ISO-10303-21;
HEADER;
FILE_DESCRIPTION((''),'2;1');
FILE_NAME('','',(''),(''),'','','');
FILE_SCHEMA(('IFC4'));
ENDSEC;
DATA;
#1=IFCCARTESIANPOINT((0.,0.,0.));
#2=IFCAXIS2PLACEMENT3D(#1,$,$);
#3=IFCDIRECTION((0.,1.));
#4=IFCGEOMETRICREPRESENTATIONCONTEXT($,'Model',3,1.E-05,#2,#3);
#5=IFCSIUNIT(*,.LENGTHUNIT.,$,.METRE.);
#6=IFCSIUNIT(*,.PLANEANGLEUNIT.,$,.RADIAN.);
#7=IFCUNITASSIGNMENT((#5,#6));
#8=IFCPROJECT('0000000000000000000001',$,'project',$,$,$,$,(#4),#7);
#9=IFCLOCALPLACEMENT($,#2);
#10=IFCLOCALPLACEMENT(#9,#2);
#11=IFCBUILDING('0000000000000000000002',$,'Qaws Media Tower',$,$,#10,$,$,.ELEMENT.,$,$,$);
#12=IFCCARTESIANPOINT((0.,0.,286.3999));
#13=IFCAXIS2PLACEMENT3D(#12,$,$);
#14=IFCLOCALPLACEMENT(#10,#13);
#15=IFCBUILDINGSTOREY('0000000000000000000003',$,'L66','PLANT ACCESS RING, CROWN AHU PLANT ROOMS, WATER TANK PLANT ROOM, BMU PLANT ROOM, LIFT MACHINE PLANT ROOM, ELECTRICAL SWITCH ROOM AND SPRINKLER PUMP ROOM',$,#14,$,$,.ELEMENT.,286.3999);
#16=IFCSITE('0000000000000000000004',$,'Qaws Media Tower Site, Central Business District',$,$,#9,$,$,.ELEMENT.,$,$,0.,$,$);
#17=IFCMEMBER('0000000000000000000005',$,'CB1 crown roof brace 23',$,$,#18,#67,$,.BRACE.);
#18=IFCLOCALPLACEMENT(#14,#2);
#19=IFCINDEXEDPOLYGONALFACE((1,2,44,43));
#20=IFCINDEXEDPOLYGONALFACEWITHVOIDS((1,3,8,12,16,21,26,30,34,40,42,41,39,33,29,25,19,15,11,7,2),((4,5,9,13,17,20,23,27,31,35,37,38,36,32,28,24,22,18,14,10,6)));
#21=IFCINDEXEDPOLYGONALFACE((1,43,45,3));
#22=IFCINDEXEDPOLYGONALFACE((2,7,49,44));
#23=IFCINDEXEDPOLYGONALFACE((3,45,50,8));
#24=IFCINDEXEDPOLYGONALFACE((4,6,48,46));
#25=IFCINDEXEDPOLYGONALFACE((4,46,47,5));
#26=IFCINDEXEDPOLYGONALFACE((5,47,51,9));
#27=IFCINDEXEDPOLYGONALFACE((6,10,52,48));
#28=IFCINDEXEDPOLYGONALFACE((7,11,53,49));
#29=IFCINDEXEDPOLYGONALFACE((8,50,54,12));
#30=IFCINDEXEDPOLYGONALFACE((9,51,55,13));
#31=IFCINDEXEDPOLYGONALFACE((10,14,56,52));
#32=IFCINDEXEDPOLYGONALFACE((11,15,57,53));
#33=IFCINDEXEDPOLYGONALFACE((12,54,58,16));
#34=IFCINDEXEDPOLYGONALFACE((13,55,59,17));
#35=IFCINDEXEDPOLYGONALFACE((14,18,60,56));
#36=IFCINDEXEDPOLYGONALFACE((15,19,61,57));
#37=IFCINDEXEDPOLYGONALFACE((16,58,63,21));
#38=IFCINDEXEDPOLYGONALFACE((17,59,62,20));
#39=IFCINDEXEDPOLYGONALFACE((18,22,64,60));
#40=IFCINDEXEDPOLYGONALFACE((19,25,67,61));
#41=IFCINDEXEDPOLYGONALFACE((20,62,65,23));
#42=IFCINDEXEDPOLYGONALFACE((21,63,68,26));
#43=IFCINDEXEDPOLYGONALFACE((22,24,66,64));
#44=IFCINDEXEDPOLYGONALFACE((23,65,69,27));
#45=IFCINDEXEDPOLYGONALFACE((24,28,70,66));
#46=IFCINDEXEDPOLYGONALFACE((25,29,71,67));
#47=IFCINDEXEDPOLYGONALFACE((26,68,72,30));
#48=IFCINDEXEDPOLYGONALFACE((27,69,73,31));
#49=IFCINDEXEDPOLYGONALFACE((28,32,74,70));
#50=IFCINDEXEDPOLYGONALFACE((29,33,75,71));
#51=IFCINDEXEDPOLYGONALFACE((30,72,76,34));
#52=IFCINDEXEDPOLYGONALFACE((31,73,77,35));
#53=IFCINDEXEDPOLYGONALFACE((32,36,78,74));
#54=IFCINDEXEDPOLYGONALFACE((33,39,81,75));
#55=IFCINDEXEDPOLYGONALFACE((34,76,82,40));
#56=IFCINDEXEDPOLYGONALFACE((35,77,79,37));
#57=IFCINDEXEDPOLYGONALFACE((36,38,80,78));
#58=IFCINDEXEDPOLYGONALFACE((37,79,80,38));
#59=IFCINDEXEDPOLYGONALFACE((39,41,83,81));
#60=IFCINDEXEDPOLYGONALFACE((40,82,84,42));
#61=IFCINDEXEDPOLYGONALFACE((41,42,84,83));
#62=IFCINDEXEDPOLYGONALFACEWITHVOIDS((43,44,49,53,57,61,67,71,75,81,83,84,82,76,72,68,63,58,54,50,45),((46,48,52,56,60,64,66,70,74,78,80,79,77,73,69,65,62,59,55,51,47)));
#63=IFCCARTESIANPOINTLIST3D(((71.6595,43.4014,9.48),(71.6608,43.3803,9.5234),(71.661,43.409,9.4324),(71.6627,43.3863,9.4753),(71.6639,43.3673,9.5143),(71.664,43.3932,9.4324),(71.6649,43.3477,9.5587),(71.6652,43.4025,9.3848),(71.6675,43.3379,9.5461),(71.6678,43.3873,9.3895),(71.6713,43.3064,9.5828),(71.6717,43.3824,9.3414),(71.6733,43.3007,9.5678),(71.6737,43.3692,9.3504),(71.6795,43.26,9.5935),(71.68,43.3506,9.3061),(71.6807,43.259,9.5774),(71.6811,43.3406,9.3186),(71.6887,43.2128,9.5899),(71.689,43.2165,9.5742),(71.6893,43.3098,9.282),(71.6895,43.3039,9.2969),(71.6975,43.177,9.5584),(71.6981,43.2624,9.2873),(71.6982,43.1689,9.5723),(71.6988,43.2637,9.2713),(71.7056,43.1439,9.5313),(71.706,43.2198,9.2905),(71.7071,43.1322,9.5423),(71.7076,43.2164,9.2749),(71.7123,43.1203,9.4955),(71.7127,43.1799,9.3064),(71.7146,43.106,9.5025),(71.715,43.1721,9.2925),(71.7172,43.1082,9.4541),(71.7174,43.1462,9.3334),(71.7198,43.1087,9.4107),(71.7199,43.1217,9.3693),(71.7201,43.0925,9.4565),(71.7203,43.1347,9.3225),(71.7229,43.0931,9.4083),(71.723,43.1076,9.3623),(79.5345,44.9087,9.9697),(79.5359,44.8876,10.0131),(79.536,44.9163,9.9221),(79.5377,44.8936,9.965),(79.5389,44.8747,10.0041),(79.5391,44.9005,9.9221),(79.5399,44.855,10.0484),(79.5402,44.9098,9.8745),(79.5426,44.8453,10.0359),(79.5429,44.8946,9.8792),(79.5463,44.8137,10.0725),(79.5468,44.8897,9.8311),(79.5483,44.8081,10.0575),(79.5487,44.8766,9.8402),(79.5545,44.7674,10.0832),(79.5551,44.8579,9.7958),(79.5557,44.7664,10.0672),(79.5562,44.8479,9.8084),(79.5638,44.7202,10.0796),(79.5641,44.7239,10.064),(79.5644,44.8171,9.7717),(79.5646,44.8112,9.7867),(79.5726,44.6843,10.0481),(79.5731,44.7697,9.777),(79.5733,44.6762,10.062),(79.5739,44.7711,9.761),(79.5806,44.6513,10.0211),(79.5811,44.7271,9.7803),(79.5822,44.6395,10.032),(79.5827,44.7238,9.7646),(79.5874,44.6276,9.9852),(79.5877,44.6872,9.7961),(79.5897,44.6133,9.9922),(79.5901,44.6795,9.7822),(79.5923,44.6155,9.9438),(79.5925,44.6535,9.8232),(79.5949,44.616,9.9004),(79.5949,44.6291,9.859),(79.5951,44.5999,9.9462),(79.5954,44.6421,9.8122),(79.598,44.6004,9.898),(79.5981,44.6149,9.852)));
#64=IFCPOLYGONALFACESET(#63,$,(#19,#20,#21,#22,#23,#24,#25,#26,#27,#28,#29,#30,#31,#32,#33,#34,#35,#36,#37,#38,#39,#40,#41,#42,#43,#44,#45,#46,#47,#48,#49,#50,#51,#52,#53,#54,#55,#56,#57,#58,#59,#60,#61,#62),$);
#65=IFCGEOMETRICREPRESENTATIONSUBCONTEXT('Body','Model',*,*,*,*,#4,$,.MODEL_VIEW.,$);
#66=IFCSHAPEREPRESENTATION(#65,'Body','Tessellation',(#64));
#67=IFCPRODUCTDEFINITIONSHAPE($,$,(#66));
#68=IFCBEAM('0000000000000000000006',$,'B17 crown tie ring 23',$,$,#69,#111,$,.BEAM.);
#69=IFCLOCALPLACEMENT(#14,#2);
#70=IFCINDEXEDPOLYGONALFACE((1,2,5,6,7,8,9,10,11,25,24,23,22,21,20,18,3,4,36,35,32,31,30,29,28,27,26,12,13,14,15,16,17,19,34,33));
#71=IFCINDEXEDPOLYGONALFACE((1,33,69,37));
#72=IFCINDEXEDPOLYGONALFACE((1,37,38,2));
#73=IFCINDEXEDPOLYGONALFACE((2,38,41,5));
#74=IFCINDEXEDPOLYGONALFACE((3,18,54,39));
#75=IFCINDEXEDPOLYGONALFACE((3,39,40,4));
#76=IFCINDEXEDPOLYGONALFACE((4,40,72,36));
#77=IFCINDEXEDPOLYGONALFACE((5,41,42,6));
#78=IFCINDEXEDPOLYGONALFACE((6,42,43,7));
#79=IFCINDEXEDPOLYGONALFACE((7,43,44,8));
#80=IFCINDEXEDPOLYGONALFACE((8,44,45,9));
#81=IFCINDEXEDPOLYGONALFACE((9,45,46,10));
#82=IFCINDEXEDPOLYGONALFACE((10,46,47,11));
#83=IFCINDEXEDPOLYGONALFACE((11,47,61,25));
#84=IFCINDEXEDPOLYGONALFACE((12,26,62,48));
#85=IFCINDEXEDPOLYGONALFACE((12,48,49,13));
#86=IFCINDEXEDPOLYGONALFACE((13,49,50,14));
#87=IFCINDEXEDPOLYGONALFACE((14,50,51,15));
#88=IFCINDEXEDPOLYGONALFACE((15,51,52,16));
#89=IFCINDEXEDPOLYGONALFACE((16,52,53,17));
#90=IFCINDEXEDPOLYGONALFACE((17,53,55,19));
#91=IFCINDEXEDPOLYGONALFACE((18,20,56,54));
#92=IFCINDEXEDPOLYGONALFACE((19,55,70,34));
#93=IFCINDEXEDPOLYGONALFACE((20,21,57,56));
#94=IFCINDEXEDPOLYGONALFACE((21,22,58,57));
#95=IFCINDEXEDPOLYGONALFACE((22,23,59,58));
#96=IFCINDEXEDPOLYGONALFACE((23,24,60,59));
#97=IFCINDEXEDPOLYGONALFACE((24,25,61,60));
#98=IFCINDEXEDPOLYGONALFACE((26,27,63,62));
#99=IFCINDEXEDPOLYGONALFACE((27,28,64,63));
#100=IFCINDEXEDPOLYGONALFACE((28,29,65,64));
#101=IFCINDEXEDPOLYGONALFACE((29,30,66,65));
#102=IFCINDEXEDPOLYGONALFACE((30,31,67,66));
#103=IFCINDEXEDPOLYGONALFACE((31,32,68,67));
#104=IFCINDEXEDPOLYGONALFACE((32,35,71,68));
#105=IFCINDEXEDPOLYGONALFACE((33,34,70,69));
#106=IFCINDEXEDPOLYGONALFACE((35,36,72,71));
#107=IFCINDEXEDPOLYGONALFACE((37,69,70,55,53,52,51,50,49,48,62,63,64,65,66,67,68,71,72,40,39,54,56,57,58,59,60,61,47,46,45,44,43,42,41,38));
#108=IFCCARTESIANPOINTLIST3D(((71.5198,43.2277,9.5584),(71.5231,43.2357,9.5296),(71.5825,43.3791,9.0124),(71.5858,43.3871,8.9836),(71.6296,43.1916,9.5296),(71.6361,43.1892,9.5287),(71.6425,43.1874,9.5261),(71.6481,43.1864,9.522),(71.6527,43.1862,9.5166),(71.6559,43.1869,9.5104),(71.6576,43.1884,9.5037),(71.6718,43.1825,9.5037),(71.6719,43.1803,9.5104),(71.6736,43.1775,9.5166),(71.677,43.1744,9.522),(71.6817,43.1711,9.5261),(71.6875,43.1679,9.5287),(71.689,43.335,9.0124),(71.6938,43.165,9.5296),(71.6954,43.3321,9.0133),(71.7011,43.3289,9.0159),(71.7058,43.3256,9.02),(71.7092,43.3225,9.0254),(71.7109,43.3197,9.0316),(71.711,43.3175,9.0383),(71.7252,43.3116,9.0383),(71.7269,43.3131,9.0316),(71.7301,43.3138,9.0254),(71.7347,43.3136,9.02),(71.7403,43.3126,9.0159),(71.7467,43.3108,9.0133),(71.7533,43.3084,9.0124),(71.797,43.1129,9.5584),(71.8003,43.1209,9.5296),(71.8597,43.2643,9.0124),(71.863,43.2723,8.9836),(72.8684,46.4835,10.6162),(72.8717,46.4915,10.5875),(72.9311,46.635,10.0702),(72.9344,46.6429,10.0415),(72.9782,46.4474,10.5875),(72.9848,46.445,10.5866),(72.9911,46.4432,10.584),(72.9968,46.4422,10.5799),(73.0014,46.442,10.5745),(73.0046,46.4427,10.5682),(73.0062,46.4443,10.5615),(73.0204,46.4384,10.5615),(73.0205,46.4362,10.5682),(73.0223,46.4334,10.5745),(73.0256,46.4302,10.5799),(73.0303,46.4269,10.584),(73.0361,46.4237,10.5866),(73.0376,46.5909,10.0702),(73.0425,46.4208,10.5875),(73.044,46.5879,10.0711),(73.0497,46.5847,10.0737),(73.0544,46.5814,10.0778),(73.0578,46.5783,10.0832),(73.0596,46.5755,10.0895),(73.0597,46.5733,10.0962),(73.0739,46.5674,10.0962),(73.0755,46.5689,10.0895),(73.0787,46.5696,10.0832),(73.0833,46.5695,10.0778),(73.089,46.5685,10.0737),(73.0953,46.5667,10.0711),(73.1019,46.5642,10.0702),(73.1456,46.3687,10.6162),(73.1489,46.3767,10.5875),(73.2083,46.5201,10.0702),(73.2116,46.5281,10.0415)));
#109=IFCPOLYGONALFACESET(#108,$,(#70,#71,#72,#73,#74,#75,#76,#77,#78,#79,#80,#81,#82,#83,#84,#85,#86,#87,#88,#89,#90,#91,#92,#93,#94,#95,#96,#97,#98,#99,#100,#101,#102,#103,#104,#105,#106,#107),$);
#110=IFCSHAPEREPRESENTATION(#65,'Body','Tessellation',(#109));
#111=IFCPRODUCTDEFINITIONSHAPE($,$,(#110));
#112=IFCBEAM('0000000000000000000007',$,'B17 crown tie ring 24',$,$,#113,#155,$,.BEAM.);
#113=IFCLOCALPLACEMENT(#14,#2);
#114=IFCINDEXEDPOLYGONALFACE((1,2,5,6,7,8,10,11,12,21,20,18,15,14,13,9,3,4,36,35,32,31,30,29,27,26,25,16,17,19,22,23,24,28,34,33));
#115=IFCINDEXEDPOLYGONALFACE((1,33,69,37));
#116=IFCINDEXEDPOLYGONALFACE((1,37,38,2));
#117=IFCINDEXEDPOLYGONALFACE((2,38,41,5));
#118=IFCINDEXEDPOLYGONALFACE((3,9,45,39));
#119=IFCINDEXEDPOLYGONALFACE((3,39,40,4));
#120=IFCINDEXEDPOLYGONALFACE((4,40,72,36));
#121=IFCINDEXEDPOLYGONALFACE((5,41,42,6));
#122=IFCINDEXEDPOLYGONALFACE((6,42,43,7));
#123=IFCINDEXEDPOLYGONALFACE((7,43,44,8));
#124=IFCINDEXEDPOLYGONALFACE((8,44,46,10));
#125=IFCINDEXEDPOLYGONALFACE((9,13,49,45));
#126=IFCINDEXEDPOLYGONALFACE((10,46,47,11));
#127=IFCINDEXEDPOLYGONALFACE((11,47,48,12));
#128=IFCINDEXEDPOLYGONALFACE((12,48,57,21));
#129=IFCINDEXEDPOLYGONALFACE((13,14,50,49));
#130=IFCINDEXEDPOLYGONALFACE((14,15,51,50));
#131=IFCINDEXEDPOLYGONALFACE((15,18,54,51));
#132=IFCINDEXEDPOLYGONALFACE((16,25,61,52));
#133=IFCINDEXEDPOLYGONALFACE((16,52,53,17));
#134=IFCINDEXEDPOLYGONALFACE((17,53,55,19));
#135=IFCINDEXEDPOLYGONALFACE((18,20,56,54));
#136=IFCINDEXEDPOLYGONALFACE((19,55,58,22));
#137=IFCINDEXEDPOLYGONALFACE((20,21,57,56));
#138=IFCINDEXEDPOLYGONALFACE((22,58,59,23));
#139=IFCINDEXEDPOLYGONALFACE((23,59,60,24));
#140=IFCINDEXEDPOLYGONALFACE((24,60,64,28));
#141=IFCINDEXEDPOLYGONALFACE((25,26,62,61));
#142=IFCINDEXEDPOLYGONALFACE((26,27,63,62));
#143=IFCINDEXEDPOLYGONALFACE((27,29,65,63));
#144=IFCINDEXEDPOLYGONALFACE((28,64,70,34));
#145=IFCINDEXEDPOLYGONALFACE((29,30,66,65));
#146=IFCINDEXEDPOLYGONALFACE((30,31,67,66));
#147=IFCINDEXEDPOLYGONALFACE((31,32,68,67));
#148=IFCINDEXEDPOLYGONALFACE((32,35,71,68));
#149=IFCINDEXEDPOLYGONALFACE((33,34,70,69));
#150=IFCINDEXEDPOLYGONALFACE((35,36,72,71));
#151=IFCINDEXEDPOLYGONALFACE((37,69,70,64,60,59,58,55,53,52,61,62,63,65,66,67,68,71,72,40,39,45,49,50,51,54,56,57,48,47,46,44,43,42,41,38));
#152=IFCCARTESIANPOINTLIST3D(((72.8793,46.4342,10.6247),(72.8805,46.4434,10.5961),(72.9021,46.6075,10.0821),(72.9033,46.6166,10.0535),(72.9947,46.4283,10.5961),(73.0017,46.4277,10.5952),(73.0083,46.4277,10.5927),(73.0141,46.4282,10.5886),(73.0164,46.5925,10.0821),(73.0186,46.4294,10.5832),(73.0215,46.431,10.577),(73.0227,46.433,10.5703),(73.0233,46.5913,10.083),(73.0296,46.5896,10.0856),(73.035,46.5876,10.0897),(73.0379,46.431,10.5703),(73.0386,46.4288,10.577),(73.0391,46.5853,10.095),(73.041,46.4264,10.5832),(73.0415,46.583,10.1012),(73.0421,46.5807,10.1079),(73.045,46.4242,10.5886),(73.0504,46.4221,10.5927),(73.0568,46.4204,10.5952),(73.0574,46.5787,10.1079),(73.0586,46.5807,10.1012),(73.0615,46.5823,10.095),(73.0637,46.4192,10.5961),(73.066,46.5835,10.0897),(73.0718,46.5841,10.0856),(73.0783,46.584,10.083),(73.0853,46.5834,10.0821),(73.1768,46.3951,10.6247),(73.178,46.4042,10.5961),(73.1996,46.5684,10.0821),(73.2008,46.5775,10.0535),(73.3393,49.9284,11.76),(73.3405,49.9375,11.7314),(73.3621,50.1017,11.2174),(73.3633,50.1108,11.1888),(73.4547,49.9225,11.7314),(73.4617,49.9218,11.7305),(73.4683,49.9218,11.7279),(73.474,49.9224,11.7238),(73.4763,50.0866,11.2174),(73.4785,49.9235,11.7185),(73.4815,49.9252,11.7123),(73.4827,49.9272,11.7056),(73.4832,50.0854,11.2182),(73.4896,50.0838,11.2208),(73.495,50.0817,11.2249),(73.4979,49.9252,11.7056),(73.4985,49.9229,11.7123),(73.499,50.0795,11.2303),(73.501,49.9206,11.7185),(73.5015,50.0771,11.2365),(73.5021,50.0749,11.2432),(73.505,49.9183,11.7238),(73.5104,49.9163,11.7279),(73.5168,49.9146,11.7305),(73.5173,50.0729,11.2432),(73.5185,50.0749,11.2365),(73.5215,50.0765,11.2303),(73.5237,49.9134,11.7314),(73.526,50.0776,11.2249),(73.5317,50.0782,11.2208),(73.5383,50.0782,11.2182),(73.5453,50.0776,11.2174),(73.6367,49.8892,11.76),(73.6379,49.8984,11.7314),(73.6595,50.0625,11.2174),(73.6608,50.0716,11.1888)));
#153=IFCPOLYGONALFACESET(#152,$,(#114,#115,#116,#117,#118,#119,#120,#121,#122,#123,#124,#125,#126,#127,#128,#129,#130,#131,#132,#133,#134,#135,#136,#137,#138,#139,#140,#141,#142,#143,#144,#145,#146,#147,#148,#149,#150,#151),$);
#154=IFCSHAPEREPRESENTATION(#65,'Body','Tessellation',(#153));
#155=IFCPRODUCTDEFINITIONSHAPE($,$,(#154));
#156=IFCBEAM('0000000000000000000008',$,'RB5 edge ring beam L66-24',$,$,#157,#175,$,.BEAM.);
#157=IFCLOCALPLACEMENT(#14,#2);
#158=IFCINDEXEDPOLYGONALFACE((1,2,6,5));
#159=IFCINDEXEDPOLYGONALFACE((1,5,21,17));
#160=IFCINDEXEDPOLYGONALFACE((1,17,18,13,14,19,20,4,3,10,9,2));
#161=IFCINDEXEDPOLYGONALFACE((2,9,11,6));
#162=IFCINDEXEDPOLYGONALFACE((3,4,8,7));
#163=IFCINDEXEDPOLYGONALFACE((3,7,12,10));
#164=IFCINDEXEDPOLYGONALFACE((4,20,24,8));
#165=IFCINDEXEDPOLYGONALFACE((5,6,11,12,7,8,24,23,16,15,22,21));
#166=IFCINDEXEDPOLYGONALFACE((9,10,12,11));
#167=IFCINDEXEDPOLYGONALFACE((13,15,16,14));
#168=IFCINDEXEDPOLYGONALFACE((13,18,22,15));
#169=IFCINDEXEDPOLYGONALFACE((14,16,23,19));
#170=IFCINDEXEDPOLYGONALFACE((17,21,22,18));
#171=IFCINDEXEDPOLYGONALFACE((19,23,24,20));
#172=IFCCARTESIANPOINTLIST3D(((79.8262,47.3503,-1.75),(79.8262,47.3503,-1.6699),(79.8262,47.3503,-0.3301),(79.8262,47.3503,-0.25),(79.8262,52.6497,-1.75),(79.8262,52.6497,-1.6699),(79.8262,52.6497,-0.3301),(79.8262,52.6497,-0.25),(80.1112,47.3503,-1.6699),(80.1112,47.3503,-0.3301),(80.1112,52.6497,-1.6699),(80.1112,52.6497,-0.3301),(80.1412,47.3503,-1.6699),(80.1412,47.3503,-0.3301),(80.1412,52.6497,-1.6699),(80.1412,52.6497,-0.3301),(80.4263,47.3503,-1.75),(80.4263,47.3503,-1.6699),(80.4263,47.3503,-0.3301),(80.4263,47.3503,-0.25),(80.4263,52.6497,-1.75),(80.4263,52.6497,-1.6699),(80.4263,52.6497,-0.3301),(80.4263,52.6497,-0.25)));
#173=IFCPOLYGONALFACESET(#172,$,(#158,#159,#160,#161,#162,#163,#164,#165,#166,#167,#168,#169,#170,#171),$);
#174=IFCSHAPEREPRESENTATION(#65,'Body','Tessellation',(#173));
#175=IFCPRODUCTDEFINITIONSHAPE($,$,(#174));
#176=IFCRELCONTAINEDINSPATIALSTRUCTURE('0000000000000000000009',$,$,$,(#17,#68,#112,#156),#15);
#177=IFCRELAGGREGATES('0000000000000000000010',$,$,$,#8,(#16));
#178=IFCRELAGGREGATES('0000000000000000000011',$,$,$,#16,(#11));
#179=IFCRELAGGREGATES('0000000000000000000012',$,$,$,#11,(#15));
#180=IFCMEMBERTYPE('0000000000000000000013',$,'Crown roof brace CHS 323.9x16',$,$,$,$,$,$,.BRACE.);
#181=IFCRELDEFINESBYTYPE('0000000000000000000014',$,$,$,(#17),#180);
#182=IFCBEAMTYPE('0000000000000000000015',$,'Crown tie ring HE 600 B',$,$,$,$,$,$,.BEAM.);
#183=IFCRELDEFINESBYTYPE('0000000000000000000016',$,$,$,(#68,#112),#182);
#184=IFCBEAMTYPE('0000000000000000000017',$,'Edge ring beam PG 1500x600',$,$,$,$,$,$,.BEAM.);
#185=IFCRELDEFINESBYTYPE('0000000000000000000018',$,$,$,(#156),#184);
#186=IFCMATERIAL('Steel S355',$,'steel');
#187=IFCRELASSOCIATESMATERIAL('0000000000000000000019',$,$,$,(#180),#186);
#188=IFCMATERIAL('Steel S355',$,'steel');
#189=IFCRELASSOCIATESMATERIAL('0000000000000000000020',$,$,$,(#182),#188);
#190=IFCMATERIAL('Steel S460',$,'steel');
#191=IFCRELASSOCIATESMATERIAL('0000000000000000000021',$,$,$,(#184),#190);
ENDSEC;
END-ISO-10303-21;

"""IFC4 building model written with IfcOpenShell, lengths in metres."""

from ifc_helpers import new_model, si_unit, direction, frame, origin, origin_2d, place, context, subcontext, project, spatial, hollow_circle, i_section, extrude, material, material_profile, profile_set, type_object, element, save


model = new_model("IFC4")

# Units and contexts
model_context = context("Model", 3, precision=1e-05, world=origin(), true_north=direction((0.0, 1.0)))
body_context = subcontext(model_context, "Body", "Model", "MODEL_VIEW")
ifc_project = project(units=[si_unit("LENGTHUNIT", "METRE"), si_unit("PLANEANGLEUNIT", "RADIAN")], contexts=[model_context])

# Site, building, storey
site_placement = place(None, origin())
site = spatial("IfcSite", under=ifc_project, at=site_placement, Name="Qaws Media Tower Site, Central Business District", CompositionType="ELEMENT", RefElevation=0.0)
building_placement = place(site_placement, origin())
building = spatial("IfcBuilding", under=site, at=building_placement, Name="Qaws Media Tower", CompositionType="ELEMENT")
storey_placement = place(building_placement, frame((0.0, 0.0, 286.3999)))
storey = spatial("IfcBuildingStorey", under=building, at=storey_placement, Name="L66", Description="PLANT ACCESS RING, CROWN AHU PLANT ROOMS, WATER TANK PLANT ROOM, BMU PLANT ROOM, LIFT MACHINE PLANT ROOM, ELECTRICAL SWITCH ROOM AND SPRINKLER PUMP ROOM", CompositionType="ELEMENT", Elevation=286.3999)

# Member
ifc_material_1 = material(Name="Steel S355", Category="steel")
ifc_material_profile_1 = material_profile(ifc_material_1, hollow_circle(Radius=0.1619, WallThickness=0.0161, at=origin_2d()), Name="CHS 323.9x16")
ifc_profile_set_1 = profile_set([ifc_material_profile_1], Name="Steel S355")
member_type_1 = type_object("IfcMemberType", Name="Crown roof brace CHS 323.9x16", PredefinedType="BRACE", material=ifc_profile_set_1)
member_1_placement = place(storey_placement, frame((71.6914, 43.25, 9.4324), z_axis=(0.980343, 0.187644, 0.060968), x_axis=(-0.187994, 0.98217, 0.0)))
element("IfcMember", 1, at=member_1_placement, inside=storey, type_object=member_type_1, Name="CB1 crown roof brace 23", PredefinedType="BRACE", context=body_context, shape_type="SweptSolid", body=[
    extrude(hollow_circle(Radius=0.1619, WallThickness=0.0161, at=origin_2d()), origin(), (0.0, 0.0, 1.0), 8.033),
])

# Beams
ifc_material_2 = material(Name="Steel S355", Category="steel")
ifc_material_profile_2 = material_profile(ifc_material_2, i_section(OverallWidth=0.3, OverallDepth=0.6001, WebThickness=0.0154, FlangeThickness=0.03, FilletRadius=0.0271, at=origin_2d()), Name="HE 600 B")
ifc_profile_set_2 = profile_set([ifc_material_profile_2], Name="Steel S355")
beam_type_1 = type_object("IfcBeamType", Name="Crown tie ring HE 600 B", PredefinedType="BEAM", material=ifc_profile_set_2)
beam_1_placement = place(storey_placement, frame((71.6914, 43.25, 9.271), z_axis=(0.366529, 0.884872, 0.287504), x_axis=(-0.923878, 0.382686, 0.0)))
element("IfcBeam", 2, at=beam_1_placement, inside=storey, type_object=beam_type_1, Name="B17 crown tie ring 23", PredefinedType="BEAM", context=body_context, shape_type="SweptSolid", body=[
    extrude(i_section(OverallWidth=0.3, OverallDepth=0.6001, WebThickness=0.0154, FlangeThickness=0.03, FilletRadius=0.0271, at=origin_2d()), origin(), (0.0, 0.0, 1.0), 3.6794),
])
beam_2_placement = place(storey_placement, frame((73.04, 46.5059, 10.3391), z_axis=(0.124226, 0.943694, 0.306608), x_axis=(-0.991447, 0.130512, 0.0)))
element("IfcBeam", 3, at=beam_2_placement, inside=storey, type_object=beam_type_1, Name="B17 crown tie ring 24", PredefinedType="BEAM", context=body_context, shape_type="SweptSolid", body=[
    extrude(i_section(OverallWidth=0.3, OverallDepth=0.6001, WebThickness=0.0154, FlangeThickness=0.03, FilletRadius=0.0271, at=origin_2d()), origin(), (0.0, 0.0, 1.0), 3.7026),
])
ifc_material_3 = material(Name="Steel S460", Category="steel")
ifc_material_profile_3 = material_profile(ifc_material_3, i_section(OverallWidth=0.6001, OverallDepth=1.5, WebThickness=0.03, FlangeThickness=0.0801, at=origin_2d()), Name="PG 1500x600")
ifc_profile_set_3 = profile_set([ifc_material_profile_3], Name="Steel S460")
beam_type_2 = type_object("IfcBeamType", Name="Edge ring beam PG 1500x600", PredefinedType="BEAM", material=ifc_profile_set_3)
beam_3_placement = place(storey_placement, frame((80.1262, 47.3503, -1.0), z_axis=(0.0, 1.0, 0.0), x_axis=(-1.0, 0.0, 0.0)))
element("IfcBeam", 4, at=beam_3_placement, inside=storey, type_object=beam_type_2, Name="RB5 edge ring beam L66-24", PredefinedType="BEAM", context=body_context, shape_type="SweptSolid", body=[
    extrude(i_section(OverallWidth=0.6001, OverallDepth=1.5, WebThickness=0.03, FlangeThickness=0.0801, at=origin_2d()), origin(), (0.0, 0.0, 1.0), 5.2993),
])

save(model, "model.ifc")
